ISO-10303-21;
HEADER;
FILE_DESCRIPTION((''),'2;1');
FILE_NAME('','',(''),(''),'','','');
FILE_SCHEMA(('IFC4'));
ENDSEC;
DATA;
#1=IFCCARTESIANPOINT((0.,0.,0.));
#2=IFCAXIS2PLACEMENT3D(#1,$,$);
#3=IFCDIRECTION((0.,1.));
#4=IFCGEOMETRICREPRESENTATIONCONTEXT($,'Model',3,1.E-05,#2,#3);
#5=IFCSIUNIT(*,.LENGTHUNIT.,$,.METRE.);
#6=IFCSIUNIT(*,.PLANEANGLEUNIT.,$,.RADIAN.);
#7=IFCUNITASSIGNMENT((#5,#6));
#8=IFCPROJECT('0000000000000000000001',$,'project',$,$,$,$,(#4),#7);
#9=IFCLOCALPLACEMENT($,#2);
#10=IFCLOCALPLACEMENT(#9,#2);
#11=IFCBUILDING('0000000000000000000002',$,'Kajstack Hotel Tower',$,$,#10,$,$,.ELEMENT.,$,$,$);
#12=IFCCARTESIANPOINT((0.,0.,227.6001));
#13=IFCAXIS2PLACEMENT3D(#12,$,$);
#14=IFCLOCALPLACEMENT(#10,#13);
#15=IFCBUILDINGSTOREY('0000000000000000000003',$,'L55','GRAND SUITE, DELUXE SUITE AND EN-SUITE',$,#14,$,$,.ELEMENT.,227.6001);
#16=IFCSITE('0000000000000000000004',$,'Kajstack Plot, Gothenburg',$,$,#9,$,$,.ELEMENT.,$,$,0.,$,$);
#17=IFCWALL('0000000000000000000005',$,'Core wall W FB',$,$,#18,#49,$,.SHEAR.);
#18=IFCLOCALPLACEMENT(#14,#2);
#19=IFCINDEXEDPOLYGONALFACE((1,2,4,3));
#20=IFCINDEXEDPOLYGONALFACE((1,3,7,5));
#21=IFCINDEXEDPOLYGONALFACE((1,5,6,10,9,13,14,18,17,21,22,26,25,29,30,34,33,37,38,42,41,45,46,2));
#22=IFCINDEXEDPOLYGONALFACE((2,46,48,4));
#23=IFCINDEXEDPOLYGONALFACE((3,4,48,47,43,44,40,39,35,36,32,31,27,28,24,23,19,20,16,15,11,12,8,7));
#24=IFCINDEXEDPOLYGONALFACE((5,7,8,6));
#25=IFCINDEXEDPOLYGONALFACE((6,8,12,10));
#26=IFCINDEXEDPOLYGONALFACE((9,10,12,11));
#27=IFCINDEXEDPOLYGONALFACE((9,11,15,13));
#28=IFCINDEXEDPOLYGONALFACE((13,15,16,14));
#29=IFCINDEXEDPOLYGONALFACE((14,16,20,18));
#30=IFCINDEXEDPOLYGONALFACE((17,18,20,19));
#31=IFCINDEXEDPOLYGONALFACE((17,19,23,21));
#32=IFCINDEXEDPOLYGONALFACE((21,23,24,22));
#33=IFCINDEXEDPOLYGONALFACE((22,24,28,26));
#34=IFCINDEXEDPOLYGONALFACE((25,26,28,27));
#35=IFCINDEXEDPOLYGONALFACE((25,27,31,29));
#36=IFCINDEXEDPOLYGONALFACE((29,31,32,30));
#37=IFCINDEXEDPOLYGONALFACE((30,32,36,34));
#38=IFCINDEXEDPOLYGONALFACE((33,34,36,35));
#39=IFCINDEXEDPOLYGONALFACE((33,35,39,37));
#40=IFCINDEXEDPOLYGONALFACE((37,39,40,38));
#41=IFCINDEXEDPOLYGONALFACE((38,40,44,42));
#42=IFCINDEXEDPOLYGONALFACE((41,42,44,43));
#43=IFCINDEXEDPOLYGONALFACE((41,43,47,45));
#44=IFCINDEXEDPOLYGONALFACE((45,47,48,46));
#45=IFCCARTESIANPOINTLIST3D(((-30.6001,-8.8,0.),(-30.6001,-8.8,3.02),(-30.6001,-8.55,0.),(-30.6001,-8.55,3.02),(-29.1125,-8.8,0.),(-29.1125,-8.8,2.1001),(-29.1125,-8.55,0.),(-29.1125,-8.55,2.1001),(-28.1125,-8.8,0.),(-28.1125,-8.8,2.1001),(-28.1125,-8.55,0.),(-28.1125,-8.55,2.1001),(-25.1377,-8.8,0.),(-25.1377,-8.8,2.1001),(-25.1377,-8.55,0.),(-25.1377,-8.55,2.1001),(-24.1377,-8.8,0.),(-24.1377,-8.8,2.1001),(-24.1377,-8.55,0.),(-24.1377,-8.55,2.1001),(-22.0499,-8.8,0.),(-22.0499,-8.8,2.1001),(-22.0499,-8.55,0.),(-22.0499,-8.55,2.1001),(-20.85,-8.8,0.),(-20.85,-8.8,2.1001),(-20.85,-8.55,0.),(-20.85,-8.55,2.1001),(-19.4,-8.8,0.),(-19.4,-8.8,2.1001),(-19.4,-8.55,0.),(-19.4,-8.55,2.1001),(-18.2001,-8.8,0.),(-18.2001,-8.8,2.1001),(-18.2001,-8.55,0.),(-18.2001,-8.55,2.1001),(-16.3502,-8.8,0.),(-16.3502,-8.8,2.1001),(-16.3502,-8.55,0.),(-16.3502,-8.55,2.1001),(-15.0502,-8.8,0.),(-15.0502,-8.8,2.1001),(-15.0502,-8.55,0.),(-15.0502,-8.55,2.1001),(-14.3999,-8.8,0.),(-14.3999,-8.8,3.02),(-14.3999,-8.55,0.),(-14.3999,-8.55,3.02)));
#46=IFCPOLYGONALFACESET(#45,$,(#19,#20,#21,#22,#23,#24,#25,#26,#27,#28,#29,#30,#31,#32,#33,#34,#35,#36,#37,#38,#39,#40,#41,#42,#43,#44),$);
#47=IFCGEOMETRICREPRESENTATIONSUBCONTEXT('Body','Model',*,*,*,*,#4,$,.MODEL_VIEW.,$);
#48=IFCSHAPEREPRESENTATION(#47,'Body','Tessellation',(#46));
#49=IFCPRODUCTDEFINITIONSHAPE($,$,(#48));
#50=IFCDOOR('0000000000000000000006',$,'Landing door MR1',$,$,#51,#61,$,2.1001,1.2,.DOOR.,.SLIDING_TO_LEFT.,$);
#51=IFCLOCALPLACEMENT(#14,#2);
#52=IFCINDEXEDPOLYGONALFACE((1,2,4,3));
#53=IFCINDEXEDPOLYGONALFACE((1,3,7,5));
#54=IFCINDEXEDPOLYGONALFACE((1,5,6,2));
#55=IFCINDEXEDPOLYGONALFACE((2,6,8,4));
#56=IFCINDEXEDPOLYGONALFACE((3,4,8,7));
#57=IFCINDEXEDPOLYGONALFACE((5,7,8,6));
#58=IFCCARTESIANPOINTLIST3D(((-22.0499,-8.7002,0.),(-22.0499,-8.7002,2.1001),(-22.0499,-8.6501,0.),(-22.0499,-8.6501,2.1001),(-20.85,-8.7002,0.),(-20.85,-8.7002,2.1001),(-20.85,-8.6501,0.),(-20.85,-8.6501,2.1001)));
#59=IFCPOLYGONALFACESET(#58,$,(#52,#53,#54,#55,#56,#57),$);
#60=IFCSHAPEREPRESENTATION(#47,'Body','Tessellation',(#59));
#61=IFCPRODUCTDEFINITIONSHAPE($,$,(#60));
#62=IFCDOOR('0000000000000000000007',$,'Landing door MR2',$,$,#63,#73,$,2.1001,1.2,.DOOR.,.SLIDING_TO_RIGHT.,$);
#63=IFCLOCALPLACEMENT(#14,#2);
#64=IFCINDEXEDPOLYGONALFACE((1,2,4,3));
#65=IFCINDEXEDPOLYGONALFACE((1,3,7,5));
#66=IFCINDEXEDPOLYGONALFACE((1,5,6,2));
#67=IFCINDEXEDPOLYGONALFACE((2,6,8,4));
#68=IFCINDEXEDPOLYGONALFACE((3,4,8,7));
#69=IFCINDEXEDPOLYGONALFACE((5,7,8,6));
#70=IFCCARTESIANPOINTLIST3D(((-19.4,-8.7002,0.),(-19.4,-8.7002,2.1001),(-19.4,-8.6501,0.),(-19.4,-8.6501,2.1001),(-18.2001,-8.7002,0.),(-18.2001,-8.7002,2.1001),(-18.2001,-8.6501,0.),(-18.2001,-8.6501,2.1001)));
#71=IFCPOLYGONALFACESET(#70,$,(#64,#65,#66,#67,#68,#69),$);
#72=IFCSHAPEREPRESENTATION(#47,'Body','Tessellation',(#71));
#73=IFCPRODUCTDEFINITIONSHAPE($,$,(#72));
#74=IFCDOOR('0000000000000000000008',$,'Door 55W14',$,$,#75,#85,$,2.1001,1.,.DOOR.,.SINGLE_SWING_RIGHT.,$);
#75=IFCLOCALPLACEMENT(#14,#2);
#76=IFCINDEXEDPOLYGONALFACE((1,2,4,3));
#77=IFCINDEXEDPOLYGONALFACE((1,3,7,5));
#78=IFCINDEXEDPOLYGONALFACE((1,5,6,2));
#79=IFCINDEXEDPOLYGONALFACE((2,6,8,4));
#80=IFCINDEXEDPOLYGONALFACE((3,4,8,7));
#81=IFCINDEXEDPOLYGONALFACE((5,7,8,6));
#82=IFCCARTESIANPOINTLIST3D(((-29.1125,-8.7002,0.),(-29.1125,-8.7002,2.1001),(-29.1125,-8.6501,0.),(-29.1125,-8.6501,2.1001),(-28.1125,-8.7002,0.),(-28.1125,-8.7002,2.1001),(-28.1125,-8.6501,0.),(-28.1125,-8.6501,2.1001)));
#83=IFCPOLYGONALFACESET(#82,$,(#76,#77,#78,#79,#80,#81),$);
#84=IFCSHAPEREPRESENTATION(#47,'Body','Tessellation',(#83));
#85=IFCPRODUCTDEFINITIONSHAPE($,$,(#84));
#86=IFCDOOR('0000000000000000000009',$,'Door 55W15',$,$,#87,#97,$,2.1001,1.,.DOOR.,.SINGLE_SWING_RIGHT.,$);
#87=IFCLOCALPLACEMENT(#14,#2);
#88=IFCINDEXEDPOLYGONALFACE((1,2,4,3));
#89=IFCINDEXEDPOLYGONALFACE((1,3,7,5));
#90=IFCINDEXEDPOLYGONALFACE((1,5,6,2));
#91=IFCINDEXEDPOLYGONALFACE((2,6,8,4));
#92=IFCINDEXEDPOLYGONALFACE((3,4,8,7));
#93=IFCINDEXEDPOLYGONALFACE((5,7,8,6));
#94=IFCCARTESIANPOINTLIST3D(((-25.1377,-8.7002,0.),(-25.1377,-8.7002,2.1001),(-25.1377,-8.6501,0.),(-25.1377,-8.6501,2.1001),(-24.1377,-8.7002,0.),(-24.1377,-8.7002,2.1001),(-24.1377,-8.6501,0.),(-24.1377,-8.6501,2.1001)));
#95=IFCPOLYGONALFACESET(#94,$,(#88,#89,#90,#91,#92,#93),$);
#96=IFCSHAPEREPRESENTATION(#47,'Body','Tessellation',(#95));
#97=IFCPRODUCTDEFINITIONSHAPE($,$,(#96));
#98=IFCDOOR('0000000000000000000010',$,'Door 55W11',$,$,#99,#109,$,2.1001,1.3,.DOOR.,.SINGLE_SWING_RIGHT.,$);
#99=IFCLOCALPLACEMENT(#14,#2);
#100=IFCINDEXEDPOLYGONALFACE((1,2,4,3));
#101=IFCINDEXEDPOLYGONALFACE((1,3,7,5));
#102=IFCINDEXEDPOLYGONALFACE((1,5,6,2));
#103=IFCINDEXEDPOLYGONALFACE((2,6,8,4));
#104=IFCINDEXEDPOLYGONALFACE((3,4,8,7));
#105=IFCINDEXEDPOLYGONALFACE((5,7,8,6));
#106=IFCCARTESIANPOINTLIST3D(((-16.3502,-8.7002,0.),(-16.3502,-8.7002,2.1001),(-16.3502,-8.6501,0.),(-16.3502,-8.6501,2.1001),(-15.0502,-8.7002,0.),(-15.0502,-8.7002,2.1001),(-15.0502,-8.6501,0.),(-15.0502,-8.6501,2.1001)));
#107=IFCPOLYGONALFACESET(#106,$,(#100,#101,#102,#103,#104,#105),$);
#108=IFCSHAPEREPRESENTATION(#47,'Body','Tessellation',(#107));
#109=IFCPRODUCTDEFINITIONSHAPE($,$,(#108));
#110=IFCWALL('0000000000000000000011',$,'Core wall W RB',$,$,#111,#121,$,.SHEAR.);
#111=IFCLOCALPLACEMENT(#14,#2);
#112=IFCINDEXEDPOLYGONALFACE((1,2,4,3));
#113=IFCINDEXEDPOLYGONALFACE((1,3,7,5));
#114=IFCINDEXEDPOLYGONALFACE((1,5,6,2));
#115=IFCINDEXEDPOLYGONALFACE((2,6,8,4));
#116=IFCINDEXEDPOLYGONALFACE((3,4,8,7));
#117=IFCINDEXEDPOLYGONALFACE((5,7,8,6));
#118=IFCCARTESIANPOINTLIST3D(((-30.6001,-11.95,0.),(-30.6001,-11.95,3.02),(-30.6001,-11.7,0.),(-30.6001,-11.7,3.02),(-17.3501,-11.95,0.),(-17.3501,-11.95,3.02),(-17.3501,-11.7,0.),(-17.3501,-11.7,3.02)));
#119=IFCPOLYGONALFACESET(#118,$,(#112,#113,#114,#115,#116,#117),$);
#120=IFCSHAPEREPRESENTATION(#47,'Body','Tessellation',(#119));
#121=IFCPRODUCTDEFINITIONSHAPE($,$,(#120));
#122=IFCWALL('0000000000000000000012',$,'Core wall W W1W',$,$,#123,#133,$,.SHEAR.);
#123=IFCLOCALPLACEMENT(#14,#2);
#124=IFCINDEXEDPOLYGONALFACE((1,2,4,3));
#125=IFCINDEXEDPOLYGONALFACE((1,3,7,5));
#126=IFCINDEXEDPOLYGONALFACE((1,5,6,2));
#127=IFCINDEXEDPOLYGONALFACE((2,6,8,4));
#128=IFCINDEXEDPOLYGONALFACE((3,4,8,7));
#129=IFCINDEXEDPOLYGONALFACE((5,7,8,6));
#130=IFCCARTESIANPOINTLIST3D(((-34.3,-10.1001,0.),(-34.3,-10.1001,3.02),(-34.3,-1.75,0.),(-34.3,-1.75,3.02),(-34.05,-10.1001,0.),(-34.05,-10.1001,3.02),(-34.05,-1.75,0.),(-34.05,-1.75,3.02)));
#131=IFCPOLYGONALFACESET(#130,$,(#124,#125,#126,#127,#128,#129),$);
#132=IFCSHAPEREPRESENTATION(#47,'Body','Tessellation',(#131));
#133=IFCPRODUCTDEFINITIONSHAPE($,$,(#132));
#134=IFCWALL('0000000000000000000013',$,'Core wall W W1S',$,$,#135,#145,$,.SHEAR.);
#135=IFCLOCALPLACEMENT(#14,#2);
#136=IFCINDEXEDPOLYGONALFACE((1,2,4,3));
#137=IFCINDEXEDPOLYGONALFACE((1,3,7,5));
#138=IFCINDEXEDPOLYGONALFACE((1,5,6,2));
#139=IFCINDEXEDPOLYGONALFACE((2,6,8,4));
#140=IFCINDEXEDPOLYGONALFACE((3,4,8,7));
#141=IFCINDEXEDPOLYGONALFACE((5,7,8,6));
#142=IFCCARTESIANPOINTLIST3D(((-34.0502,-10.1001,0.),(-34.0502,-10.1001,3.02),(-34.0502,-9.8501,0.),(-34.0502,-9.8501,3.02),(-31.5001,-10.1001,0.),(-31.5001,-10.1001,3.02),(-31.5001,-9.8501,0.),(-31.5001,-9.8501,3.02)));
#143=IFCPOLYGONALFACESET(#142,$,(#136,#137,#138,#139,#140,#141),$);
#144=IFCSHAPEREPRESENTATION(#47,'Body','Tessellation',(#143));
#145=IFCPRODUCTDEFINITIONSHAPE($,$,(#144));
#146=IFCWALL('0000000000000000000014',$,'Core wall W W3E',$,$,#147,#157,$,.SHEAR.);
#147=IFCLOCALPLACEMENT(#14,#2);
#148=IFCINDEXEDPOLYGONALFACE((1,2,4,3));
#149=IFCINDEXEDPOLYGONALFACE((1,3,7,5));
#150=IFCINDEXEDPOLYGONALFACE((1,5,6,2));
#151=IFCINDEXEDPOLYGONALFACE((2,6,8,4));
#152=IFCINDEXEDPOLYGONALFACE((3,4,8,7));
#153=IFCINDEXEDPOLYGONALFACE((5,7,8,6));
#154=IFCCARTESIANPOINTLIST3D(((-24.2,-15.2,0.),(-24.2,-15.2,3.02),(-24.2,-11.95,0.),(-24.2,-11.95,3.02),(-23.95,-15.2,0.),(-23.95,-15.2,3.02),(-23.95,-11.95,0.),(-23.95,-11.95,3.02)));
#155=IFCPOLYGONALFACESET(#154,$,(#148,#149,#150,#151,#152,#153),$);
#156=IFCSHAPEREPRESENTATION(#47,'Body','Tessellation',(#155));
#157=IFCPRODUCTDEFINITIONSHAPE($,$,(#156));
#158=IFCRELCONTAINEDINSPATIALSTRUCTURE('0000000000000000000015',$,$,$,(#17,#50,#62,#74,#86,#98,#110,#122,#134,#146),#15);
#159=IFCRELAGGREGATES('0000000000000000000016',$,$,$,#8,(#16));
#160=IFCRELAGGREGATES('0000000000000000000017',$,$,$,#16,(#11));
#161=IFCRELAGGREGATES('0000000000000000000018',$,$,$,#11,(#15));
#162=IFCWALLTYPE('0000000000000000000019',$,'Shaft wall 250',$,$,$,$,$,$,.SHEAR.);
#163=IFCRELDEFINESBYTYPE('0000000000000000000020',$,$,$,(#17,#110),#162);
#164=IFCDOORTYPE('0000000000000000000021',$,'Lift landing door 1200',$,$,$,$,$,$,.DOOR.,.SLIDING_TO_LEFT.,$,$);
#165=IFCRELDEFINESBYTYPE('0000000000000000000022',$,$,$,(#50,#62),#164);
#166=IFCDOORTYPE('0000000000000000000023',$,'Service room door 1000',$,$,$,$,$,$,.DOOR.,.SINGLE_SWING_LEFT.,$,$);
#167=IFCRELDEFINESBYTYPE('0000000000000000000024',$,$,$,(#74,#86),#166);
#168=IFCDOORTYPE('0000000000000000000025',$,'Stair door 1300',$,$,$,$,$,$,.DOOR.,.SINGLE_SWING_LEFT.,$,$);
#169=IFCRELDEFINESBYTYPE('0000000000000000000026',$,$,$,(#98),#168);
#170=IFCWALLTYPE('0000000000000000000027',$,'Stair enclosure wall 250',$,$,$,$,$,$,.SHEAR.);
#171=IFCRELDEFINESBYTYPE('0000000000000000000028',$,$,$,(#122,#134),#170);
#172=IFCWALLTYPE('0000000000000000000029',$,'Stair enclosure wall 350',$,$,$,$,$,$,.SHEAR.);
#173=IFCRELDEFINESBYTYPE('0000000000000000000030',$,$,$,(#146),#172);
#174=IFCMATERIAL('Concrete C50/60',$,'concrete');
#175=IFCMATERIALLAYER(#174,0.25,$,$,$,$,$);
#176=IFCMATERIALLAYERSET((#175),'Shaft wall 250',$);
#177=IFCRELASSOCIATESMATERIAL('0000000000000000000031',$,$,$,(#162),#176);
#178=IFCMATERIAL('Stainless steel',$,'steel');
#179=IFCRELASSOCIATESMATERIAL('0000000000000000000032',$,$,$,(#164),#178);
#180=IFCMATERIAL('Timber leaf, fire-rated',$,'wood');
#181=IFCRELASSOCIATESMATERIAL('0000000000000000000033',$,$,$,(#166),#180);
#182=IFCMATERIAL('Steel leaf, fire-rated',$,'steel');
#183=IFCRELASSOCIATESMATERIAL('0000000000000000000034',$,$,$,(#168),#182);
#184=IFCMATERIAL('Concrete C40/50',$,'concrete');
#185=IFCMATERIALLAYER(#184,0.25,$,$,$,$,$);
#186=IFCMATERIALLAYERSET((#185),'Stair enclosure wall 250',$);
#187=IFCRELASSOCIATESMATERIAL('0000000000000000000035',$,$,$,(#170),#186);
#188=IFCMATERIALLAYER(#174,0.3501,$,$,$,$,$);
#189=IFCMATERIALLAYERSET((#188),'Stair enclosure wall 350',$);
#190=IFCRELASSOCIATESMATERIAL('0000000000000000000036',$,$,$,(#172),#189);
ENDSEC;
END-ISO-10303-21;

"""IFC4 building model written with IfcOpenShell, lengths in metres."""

from ifc_helpers import new_model, si_unit, direction, frame, frame_2d, origin, place, context, subcontext, project, spatial, rectangle, extrude, material, layer, layer_set, type_object, element, fill, save


model = new_model("IFC4")

# Units and contexts
model_context = context("Model", 3, precision=1e-05, world=origin(), true_north=direction((0.0, 1.0)))
body_context = subcontext(model_context, "Body", "Model", "MODEL_VIEW")
ifc_project = project(units=[si_unit("LENGTHUNIT", "METRE"), si_unit("PLANEANGLEUNIT", "RADIAN")], contexts=[model_context])

# Site, building, storey
site_placement = place(None, origin())
site = spatial("IfcSite", under=ifc_project, at=site_placement, Name="Kajstack Plot, Gothenburg", CompositionType="ELEMENT", RefElevation=0.0)
building_placement = place(site_placement, origin())
building = spatial("IfcBuilding", under=site, at=building_placement, Name="Kajstack Hotel Tower", CompositionType="ELEMENT")
storey_placement = place(building_placement, frame((0.0, 0.0, 227.6001)))
storey = spatial("IfcBuildingStorey", under=building, at=storey_placement, Name="L55", Description="GRAND SUITE, DELUXE SUITE AND EN-SUITE", CompositionType="ELEMENT", Elevation=227.6001)

# Wall, openings, doors
ifc_material_1 = material(Name="Concrete C50/60", Category="concrete")
ifc_layer_1 = layer(ifc_material_1, 0.25)
ifc_layer_set_1 = layer_set([ifc_layer_1], Name="Shaft wall 250")
wall_type_1 = type_object("IfcWallType", Name="Shaft wall 250", PredefinedType="SHEAR", material=ifc_layer_set_1)
ifc_material_2 = material(Name="Stainless steel", Category="steel")
door_type_1 = type_object("IfcDoorType", Name="Lift landing door 1200", OperationType="SLIDING_TO_LEFT", PredefinedType="DOOR", material=ifc_material_2)
wall_1_placement = place(storey_placement, frame((-30.6001, -8.675, 0.0), z_axis=(0.0, 0.0, 1.0), x_axis=(1.0, 0.0, 0.0)))
wall_1 = element("IfcWall", 1, at=wall_1_placement, inside=storey, type_object=wall_type_1, Name="Core wall W FB", PredefinedType="SHEAR", context=body_context, shape_type="SweptSolid", body=[
    extrude(rectangle(XDim=16.2002, YDim=0.25, at=frame_2d((8.1001, 0.0))), origin(), (0.0, 0.0, 1.0), 3.02),
])
opening_1_placement = place(wall_1_placement, frame((8.55, 0.0, 0.0)))
opening_1 = element("IfcOpeningElement", 2, at=opening_1_placement, cuts=wall_1, PredefinedType="OPENING", context=body_context, shape_type="SweptSolid", body=[
    extrude(rectangle(XDim=1.2, YDim=2.1001, at=frame_2d((0.6001, 1.05))), frame((0.0, 0.135, 0.0), z_axis=(0.0, -1.0, 0.0), x_axis=(1.0, 0.0, 0.0)), (0.0, 0.0, 1.0), 0.27),
])
opening_2_placement = place(wall_1_placement, frame((11.2, 0.0, 0.0)))
opening_2 = element("IfcOpeningElement", 3, at=opening_2_placement, cuts=wall_1, PredefinedType="OPENING", context=body_context, shape_type="SweptSolid", body=[
    extrude(rectangle(XDim=1.2, YDim=2.1001, at=frame_2d((0.6001, 1.05))), frame((0.0, 0.135, 0.0), z_axis=(0.0, -1.0, 0.0), x_axis=(1.0, 0.0, 0.0)), (0.0, 0.0, 1.0), 0.27),
])
opening_3_placement = place(wall_1_placement, frame((14.25, 0.0, 0.0)))
opening_3 = element("IfcOpeningElement", 4, at=opening_3_placement, cuts=wall_1, PredefinedType="OPENING", context=body_context, shape_type="SweptSolid", body=[
    extrude(rectangle(XDim=1.3, YDim=2.1001, at=frame_2d((0.6499, 1.05))), frame((0.0, 0.135, 0.0), z_axis=(0.0, -1.0, 0.0), x_axis=(1.0, 0.0, 0.0)), (0.0, 0.0, 1.0), 0.27),
])
opening_4_placement = place(wall_1_placement, frame((1.4875, 0.0, 0.0)))
opening_4 = element("IfcOpeningElement", 5, at=opening_4_placement, cuts=wall_1, PredefinedType="OPENING", context=body_context, shape_type="SweptSolid", body=[
    extrude(rectangle(XDim=1.0, YDim=2.1001, at=frame_2d((0.5, 1.05))), frame((0.0, 0.135, 0.0), z_axis=(0.0, -1.0, 0.0), x_axis=(1.0, 0.0, 0.0)), (0.0, 0.0, 1.0), 0.27),
])
opening_5_placement = place(wall_1_placement, frame((5.4624, 0.0, 0.0)))
opening_5 = element("IfcOpeningElement", 6, at=opening_5_placement, cuts=wall_1, PredefinedType="OPENING", context=body_context, shape_type="SweptSolid", body=[
    extrude(rectangle(XDim=1.0, YDim=2.1001, at=frame_2d((0.5, 1.05))), frame((0.0, 0.135, 0.0), z_axis=(0.0, -1.0, 0.0), x_axis=(1.0, 0.0, 0.0)), (0.0, 0.0, 1.0), 0.27),
])
door_1_placement = place(opening_1_placement, origin())
door_1 = element("IfcDoor", 7, at=door_1_placement, inside=storey, type_object=door_type_1, Name="Landing door MR1", OperationType="SLIDING_TO_LEFT", OverallHeight=2.1001, OverallWidth=1.2, PredefinedType="DOOR", context=body_context, shape_type="SweptSolid", body=[
    extrude(rectangle(XDim=1.2, YDim=2.1001, at=frame_2d((0.6001, 1.05))), frame((0.0, 0.0249, 0.0), z_axis=(0.0, -1.0, 0.0), x_axis=(1.0, 0.0, 0.0)), (0.0, 0.0, 1.0), 0.05),
])
fill(opening_1, door_1)
door_2_placement = place(opening_2_placement, origin())
door_2 = element("IfcDoor", 8, at=door_2_placement, inside=storey, type_object=door_type_1, Name="Landing door MR2", OperationType="SLIDING_TO_RIGHT", OverallHeight=2.1001, OverallWidth=1.2, PredefinedType="DOOR", context=body_context, shape_type="SweptSolid", body=[
    extrude(rectangle(XDim=1.2, YDim=2.1001, at=frame_2d((0.6001, 1.05))), frame((0.0, 0.0249, 0.0), z_axis=(0.0, -1.0, 0.0), x_axis=(1.0, 0.0, 0.0)), (0.0, 0.0, 1.0), 0.05),
])
fill(opening_2, door_2)
ifc_material_3 = material(Name="Timber leaf, fire-rated", Category="wood")
door_type_2 = type_object("IfcDoorType", Name="Service room door 1000", OperationType="SINGLE_SWING_LEFT", PredefinedType="DOOR", material=ifc_material_3)
door_3_placement = place(opening_4_placement, origin())
door_3 = element("IfcDoor", 9, at=door_3_placement, inside=storey, type_object=door_type_2, Name="Door 55W14", OperationType="SINGLE_SWING_RIGHT", OverallHeight=2.1001, OverallWidth=1.0, PredefinedType="DOOR", context=body_context, shape_type="SweptSolid", body=[
    extrude(rectangle(XDim=1.0, YDim=2.1001, at=frame_2d((0.5, 1.05))), frame((0.0, 0.0249, 0.0), z_axis=(0.0, -1.0, 0.0), x_axis=(1.0, 0.0, 0.0)), (0.0, 0.0, 1.0), 0.05),
])
fill(opening_4, door_3)
door_4_placement = place(opening_5_placement, origin())
door_4 = element("IfcDoor", 10, at=door_4_placement, inside=storey, type_object=door_type_2, Name="Door 55W15", OperationType="SINGLE_SWING_RIGHT", OverallHeight=2.1001, OverallWidth=1.0, PredefinedType="DOOR", context=body_context, shape_type="SweptSolid", body=[
    extrude(rectangle(XDim=1.0, YDim=2.1001, at=frame_2d((0.5, 1.05))), frame((0.0, 0.0249, 0.0), z_axis=(0.0, -1.0, 0.0), x_axis=(1.0, 0.0, 0.0)), (0.0, 0.0, 1.0), 0.05),
])
fill(opening_5, door_4)
ifc_material_4 = material(Name="Steel leaf, fire-rated", Category="steel")
door_type_3 = type_object("IfcDoorType", Name="Stair door 1300", OperationType="SINGLE_SWING_LEFT", PredefinedType="DOOR", material=ifc_material_4)
door_5_placement = place(opening_3_placement, origin())
door_5 = element("IfcDoor", 11, at=door_5_placement, inside=storey, type_object=door_type_3, Name="Door 55W11", OperationType="SINGLE_SWING_RIGHT", OverallHeight=2.1001, OverallWidth=1.3, PredefinedType="DOOR", context=body_context, shape_type="SweptSolid", body=[
    extrude(rectangle(XDim=1.3, YDim=2.1001, at=frame_2d((0.6499, 1.05))), frame((0.0, 0.0249, 0.0), z_axis=(0.0, -1.0, 0.0), x_axis=(1.0, 0.0, 0.0)), (0.0, 0.0, 1.0), 0.05),
])
fill(opening_3, door_5)

# Walls
wall_2_placement = place(storey_placement, frame((-30.6001, -11.825, 0.0), z_axis=(0.0, 0.0, 1.0), x_axis=(1.0, 0.0, 0.0)))
element("IfcWall", 12, at=wall_2_placement, inside=storey, type_object=wall_type_1, Name="Core wall W RB", PredefinedType="SHEAR", context=body_context, shape_type="SweptSolid", body=[
    extrude(rectangle(XDim=13.25, YDim=0.25, at=frame_2d((6.625, 0.0))), origin(), (0.0, 0.0, 1.0), 3.02),
])
ifc_material_5 = material(Name="Concrete C40/50", Category="concrete")
ifc_layer_2 = layer(ifc_material_5, 0.25)
ifc_layer_set_2 = layer_set([ifc_layer_2], Name="Stair enclosure wall 250")
wall_type_2 = type_object("IfcWallType", Name="Stair enclosure wall 250", PredefinedType="SHEAR", material=ifc_layer_set_2)
wall_3_placement = place(storey_placement, frame((-34.175, -10.1001, 0.0), z_axis=(0.0, 0.0, 1.0), x_axis=(0.0, 1.0, 0.0)))
element("IfcWall", 13, at=wall_3_placement, inside=storey, type_object=wall_type_2, Name="Core wall W W1W", PredefinedType="SHEAR", context=body_context, shape_type="SweptSolid", body=[
    extrude(rectangle(XDim=8.3501, YDim=0.25, at=frame_2d((4.175, 0.0))), origin(), (0.0, 0.0, 1.0), 3.02),
])
wall_4_placement = place(storey_placement, frame((-34.05, -9.9751, 0.0), z_axis=(0.0, 0.0, 1.0), x_axis=(1.0, 0.0, 0.0)))
element("IfcWall", 14, at=wall_4_placement, inside=storey, type_object=wall_type_2, Name="Core wall W W1S", PredefinedType="SHEAR", context=body_context, shape_type="SweptSolid", body=[
    extrude(rectangle(XDim=2.55, YDim=0.25, at=frame_2d((1.2749, 0.0))), origin(), (0.0, 0.0, 1.0), 3.02),
])
ifc_layer_3 = layer(ifc_material_1, 0.3501)
ifc_layer_set_3 = layer_set([ifc_layer_3], Name="Stair enclosure wall 350")
wall_type_3 = type_object("IfcWallType", Name="Stair enclosure wall 350", PredefinedType="SHEAR", material=ifc_layer_set_3)
wall_5_placement = place(storey_placement, frame((-24.075, -15.2, 0.0), z_axis=(0.0, 0.0, 1.0), x_axis=(0.0, 1.0, 0.0)))
element("IfcWall", 15, at=wall_5_placement, inside=storey, type_object=wall_type_3, Name="Core wall W W3E", PredefinedType="SHEAR", context=body_context, shape_type="SweptSolid", body=[
    extrude(rectangle(XDim=3.25, YDim=0.25, at=frame_2d((1.625, 0.0))), origin(), (0.0, 0.0, 1.0), 3.02),
])

save(model, "model.ifc")
